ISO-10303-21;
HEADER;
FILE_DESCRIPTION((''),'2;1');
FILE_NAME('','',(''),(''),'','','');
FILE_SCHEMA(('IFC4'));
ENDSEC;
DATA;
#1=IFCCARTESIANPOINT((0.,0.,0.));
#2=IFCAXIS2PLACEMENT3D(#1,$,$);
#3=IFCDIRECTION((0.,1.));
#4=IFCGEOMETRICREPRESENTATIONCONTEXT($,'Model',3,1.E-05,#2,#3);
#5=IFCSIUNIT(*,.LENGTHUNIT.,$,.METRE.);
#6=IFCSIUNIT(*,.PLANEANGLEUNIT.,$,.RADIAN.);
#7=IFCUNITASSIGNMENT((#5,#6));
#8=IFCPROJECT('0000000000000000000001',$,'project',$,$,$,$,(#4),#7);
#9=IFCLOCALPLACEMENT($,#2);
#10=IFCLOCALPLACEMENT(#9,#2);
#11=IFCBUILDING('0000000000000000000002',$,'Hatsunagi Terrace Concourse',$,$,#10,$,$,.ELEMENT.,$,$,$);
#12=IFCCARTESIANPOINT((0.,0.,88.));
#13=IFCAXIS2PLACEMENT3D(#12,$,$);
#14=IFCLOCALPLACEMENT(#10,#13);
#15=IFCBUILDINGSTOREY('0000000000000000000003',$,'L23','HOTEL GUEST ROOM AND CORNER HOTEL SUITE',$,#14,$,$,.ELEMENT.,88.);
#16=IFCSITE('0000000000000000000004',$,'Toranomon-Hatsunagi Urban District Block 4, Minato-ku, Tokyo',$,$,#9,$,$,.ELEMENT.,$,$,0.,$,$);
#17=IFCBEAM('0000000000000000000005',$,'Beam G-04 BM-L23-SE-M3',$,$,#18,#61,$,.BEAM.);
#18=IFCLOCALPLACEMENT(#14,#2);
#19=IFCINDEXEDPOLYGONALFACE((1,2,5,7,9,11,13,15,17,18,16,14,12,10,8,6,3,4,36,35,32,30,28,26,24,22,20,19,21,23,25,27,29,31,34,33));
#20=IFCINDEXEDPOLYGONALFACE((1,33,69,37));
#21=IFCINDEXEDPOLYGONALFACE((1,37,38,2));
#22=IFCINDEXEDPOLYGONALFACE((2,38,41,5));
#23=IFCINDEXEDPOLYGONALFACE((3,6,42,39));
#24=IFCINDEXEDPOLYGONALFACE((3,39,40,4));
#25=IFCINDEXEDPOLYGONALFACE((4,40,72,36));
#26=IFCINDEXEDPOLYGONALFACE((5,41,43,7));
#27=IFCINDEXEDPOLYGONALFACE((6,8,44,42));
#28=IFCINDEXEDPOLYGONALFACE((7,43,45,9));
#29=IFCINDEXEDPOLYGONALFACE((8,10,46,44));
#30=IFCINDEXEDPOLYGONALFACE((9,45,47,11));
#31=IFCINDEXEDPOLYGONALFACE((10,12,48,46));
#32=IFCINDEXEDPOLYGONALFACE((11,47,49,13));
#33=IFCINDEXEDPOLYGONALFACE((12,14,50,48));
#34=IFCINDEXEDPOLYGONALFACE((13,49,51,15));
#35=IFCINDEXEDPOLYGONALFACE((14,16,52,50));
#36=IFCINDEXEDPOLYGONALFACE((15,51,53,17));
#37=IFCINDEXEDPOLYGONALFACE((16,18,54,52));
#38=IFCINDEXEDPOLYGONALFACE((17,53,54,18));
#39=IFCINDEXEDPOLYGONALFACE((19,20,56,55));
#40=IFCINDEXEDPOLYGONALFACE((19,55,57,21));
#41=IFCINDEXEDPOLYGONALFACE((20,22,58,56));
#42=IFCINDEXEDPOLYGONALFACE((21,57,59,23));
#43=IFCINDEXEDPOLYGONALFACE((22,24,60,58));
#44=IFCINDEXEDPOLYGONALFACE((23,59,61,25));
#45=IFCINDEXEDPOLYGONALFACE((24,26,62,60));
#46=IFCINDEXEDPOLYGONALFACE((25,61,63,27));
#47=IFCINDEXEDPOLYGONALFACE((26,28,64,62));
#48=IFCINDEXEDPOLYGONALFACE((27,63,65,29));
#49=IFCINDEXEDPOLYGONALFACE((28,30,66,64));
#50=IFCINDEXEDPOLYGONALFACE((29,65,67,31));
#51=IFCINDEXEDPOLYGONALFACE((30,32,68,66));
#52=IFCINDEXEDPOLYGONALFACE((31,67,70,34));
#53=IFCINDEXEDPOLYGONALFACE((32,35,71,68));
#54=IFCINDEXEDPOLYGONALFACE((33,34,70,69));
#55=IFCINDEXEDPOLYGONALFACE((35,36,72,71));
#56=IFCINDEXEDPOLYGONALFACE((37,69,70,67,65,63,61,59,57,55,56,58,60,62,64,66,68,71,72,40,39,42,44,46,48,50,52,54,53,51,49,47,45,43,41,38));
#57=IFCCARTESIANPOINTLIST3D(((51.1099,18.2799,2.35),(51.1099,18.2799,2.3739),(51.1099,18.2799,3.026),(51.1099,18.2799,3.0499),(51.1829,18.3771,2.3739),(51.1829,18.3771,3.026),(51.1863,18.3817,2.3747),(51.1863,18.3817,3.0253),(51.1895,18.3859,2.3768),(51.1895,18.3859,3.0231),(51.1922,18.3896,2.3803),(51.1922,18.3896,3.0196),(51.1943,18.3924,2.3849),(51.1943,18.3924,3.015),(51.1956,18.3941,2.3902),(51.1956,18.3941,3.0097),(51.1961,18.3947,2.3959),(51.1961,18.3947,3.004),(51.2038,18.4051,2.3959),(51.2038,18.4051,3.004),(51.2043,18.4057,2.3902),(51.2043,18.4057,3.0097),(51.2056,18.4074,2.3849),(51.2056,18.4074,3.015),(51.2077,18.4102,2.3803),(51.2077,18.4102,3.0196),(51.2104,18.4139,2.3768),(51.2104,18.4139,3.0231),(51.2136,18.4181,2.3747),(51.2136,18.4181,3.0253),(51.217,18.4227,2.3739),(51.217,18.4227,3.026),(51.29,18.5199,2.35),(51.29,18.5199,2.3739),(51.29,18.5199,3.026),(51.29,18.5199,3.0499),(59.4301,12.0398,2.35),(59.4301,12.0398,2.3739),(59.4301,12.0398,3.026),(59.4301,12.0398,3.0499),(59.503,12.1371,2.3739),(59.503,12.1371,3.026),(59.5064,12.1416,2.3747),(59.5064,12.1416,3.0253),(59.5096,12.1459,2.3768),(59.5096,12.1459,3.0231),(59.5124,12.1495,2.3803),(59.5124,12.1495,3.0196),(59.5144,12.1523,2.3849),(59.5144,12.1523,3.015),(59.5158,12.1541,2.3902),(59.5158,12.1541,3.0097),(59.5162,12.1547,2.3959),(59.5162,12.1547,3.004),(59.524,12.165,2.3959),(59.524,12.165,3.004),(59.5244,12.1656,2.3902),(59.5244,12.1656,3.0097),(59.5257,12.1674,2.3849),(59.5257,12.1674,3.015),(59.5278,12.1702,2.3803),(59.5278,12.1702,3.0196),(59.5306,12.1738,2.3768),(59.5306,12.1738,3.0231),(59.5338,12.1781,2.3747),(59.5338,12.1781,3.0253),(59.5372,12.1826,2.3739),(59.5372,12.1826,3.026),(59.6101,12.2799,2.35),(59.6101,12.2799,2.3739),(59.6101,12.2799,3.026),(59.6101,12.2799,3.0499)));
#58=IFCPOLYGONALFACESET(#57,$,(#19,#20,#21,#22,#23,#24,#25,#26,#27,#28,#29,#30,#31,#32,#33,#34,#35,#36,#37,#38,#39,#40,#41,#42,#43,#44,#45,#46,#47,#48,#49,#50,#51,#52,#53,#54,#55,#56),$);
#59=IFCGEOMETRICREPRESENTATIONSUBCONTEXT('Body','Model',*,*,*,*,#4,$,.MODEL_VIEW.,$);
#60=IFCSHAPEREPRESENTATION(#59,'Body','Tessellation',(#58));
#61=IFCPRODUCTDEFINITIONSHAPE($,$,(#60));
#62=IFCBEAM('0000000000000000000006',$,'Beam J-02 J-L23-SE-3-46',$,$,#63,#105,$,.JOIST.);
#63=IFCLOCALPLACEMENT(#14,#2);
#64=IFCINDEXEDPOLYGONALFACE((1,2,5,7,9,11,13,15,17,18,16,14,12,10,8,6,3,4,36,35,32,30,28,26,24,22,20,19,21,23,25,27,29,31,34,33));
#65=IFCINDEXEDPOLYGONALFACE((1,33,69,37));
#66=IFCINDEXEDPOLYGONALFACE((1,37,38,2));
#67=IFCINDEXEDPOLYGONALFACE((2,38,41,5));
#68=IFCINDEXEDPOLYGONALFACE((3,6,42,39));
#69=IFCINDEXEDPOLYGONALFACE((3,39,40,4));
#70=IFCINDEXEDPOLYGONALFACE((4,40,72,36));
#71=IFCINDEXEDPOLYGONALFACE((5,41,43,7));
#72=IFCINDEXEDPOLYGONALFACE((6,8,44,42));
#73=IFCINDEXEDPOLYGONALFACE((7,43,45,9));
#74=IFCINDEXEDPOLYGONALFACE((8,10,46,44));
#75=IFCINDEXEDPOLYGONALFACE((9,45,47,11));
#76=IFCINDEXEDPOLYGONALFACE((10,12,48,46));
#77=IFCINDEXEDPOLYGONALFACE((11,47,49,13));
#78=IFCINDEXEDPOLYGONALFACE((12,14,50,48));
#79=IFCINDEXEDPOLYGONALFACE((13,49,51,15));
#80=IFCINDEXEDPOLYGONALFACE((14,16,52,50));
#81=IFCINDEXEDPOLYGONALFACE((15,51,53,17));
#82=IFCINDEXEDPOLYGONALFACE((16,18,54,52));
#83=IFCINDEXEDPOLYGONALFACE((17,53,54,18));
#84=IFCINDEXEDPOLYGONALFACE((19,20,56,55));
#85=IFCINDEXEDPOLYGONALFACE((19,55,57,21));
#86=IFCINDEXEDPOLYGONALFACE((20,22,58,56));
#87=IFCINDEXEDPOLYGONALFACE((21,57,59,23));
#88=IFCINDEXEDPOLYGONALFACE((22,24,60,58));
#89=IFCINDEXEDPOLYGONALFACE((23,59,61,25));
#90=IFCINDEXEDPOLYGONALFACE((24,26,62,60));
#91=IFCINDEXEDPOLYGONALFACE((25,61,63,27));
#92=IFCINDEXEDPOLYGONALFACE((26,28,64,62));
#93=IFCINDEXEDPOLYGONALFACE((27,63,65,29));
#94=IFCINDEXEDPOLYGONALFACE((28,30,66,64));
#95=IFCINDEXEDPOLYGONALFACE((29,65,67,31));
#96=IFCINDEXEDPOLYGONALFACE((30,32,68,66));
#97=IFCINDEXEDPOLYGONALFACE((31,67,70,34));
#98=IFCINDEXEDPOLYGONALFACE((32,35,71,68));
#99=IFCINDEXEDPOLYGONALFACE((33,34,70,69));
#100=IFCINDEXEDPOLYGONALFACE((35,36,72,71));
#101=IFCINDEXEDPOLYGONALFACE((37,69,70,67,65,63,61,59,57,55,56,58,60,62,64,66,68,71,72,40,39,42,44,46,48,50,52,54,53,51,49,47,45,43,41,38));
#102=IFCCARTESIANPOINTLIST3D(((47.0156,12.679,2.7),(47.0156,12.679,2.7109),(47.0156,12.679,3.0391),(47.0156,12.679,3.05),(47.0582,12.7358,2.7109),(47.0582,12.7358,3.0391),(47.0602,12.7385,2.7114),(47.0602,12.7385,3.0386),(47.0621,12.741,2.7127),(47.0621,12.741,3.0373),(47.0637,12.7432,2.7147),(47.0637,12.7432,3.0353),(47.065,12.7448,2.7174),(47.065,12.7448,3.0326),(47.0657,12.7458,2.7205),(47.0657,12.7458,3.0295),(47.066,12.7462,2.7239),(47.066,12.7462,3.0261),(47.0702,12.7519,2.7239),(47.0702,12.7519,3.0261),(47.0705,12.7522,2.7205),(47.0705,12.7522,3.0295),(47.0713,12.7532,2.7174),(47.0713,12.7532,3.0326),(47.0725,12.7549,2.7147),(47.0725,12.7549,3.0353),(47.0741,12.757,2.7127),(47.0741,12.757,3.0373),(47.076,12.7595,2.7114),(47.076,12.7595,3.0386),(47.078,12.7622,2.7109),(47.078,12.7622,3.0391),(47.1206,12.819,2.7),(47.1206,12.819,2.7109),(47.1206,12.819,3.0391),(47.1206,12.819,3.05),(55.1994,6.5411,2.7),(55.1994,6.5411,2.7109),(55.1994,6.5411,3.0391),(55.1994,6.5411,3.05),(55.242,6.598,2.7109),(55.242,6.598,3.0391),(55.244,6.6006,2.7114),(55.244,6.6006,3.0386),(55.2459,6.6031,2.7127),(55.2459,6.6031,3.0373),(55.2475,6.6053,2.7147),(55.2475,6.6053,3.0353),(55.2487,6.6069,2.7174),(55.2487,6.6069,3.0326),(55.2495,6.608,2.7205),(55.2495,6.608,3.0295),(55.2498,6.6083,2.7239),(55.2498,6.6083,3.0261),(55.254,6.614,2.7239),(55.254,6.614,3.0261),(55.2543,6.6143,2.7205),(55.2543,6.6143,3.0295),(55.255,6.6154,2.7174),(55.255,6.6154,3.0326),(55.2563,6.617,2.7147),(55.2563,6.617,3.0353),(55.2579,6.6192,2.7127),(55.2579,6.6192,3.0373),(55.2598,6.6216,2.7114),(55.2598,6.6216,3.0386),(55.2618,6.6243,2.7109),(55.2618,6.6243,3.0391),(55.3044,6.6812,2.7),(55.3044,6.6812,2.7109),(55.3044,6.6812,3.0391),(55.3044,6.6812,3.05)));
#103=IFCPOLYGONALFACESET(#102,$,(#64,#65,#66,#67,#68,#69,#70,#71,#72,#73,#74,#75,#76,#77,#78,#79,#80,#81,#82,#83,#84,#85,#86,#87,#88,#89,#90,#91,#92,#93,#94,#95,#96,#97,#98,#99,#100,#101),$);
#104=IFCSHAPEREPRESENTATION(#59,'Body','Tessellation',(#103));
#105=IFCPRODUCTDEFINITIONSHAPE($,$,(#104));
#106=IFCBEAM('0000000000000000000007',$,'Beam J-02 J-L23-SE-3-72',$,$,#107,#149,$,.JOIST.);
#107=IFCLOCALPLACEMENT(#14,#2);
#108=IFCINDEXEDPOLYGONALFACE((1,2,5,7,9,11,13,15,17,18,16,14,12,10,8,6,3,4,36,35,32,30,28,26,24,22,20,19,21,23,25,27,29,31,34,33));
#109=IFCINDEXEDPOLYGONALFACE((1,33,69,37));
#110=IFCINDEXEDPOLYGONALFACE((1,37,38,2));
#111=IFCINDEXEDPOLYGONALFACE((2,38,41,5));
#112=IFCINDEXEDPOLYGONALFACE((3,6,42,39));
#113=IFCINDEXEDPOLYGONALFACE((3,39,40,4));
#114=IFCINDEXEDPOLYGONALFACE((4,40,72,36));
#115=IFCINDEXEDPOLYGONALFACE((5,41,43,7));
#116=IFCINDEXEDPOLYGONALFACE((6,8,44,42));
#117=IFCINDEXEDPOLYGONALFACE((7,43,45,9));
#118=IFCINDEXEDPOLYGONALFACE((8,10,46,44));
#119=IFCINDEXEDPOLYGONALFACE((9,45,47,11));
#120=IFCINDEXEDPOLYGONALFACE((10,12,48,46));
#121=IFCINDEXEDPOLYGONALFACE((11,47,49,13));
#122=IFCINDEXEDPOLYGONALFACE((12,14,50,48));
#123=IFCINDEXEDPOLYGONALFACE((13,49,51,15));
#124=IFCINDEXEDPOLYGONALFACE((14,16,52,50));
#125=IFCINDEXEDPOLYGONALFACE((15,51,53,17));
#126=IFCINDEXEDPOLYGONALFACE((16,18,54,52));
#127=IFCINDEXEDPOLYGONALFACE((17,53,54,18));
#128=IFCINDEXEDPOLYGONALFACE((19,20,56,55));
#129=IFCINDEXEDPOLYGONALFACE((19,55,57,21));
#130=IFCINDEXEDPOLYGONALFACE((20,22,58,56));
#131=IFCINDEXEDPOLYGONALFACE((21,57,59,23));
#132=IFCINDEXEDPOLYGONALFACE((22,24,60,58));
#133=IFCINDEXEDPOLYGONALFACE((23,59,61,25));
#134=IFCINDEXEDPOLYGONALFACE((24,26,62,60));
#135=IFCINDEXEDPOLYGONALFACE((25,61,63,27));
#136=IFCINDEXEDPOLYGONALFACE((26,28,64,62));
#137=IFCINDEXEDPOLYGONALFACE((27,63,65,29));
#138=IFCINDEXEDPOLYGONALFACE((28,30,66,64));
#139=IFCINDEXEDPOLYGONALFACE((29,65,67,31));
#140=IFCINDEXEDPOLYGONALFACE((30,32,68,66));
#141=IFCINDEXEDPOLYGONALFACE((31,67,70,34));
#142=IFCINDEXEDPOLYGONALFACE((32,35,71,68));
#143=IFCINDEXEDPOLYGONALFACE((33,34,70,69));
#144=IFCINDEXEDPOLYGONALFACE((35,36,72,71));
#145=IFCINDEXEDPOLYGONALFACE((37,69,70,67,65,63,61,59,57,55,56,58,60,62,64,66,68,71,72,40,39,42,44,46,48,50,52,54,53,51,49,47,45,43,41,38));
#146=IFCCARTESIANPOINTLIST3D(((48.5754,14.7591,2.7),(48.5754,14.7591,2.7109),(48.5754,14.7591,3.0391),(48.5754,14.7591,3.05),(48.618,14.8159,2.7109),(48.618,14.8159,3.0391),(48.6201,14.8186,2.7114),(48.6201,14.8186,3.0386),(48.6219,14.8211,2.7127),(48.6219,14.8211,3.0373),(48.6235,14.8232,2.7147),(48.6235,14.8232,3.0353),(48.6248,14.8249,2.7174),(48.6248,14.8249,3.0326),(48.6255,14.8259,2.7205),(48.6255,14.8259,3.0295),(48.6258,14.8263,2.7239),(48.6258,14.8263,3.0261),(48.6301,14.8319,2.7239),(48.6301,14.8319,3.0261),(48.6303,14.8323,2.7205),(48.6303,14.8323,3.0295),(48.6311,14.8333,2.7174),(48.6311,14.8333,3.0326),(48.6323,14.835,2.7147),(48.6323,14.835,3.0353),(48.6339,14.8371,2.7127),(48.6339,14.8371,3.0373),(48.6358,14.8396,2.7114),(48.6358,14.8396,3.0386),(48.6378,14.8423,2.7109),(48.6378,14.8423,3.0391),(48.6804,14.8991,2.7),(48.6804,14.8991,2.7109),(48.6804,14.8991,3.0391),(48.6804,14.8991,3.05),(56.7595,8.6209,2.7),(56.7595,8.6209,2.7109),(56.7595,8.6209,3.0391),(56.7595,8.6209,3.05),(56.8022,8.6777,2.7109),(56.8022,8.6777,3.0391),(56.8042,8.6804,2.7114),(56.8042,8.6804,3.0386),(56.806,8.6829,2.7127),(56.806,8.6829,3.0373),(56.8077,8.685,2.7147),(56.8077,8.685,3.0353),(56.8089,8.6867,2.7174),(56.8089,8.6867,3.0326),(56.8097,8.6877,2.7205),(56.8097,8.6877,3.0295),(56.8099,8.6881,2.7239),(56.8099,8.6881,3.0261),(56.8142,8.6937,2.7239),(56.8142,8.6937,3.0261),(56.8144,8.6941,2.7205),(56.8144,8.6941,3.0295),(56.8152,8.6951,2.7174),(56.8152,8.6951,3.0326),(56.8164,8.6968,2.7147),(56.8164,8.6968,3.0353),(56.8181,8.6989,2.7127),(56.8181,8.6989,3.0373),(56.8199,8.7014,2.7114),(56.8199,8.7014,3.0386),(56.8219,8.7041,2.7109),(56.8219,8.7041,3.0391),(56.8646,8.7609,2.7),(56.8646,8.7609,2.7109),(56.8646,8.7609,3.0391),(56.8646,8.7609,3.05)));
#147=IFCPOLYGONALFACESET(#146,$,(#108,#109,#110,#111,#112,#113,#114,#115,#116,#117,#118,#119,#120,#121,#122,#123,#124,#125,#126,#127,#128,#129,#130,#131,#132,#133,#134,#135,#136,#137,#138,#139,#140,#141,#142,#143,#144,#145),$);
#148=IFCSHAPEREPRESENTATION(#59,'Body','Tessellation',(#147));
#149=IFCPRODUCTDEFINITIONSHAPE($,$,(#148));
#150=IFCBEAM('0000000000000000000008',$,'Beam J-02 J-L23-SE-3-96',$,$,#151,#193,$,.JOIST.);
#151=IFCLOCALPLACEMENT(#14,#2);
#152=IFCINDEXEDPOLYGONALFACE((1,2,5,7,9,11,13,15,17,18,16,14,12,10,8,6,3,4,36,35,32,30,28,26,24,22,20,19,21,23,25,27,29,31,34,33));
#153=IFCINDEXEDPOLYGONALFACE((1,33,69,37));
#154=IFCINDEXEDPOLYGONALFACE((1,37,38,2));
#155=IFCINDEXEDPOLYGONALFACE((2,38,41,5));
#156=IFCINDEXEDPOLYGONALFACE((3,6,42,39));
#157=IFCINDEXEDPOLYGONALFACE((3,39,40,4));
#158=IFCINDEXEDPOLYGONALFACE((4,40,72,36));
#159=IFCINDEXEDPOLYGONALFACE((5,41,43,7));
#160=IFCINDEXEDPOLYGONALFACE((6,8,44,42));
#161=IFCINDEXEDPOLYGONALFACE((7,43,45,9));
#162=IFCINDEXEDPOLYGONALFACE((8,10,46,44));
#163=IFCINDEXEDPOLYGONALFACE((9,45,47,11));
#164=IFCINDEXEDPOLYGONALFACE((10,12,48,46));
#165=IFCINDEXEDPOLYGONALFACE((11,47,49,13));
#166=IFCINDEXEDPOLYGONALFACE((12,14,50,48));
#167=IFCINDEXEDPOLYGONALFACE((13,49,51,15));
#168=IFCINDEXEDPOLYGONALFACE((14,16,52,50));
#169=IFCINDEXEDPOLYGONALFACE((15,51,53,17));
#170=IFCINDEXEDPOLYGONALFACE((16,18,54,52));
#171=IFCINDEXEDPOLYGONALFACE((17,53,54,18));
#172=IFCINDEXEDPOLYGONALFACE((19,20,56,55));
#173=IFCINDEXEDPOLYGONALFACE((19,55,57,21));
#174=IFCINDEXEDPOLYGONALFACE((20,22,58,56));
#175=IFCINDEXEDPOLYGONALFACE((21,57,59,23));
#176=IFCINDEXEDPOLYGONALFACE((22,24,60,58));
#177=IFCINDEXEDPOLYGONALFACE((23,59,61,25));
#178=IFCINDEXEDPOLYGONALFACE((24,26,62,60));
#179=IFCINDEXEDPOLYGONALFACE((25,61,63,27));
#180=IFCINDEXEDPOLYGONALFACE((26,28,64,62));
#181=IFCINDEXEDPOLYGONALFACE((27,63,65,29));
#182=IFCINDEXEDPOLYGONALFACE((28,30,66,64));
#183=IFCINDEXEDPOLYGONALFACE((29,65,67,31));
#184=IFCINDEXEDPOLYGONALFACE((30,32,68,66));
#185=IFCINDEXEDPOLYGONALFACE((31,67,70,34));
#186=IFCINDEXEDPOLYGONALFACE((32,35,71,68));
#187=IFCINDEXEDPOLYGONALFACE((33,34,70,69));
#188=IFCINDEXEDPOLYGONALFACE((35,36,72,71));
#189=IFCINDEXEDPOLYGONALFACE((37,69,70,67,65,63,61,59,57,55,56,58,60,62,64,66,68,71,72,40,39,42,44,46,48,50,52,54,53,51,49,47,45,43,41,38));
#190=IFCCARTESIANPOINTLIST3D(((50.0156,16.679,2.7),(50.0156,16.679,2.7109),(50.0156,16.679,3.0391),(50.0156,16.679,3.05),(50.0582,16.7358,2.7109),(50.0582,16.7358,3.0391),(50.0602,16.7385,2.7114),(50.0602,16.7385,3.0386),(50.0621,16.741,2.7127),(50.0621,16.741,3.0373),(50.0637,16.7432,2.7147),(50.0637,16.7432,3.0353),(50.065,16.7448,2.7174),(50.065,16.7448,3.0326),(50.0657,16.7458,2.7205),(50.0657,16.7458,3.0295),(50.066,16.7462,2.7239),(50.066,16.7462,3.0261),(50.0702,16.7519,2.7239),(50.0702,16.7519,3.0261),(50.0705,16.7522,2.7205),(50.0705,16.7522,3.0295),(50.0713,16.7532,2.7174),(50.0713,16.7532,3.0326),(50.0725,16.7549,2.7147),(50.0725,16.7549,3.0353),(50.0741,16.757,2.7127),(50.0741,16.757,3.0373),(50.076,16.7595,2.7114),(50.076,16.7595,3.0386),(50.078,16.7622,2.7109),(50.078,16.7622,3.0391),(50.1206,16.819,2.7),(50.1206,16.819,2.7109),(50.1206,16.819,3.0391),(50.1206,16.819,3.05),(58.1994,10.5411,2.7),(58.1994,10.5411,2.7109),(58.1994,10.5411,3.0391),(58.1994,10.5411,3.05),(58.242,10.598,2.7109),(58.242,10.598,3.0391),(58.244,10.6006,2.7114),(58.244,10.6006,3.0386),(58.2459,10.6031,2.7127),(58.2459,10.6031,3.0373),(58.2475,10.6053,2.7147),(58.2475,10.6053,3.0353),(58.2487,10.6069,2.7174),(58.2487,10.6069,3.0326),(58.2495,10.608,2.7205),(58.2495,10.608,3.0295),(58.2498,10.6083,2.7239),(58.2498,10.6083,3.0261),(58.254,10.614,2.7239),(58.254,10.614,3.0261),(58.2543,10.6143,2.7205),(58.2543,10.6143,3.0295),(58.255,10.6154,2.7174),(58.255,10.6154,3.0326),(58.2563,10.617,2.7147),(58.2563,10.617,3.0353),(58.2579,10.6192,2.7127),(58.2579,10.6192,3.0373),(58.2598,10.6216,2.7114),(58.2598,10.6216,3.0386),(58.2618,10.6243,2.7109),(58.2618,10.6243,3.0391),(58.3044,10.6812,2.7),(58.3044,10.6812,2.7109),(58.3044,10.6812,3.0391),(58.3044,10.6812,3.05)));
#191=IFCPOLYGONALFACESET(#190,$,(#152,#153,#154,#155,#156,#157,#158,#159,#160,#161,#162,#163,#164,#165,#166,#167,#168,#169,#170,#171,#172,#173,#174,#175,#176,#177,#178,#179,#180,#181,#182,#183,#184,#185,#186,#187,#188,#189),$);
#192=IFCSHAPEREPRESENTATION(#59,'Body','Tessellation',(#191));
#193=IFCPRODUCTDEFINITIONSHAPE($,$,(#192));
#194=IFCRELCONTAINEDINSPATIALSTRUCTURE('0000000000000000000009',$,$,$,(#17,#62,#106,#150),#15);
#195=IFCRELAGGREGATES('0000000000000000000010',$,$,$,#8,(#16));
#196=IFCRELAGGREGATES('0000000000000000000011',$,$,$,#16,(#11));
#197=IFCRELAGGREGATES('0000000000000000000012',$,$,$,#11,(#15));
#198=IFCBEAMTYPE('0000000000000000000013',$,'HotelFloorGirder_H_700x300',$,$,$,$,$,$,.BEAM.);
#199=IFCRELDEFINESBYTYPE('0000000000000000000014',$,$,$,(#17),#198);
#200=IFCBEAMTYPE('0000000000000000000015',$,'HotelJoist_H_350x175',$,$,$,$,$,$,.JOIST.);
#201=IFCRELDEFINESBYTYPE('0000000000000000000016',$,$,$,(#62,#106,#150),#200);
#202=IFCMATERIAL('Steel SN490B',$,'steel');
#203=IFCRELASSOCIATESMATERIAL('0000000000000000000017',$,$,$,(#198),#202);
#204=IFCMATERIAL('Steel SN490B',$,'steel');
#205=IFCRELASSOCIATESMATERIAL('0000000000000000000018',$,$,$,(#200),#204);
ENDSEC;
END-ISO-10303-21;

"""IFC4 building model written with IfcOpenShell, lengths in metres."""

from ifc_helpers import new_model, si_unit, direction, frame, origin, origin_2d, place, context, subcontext, project, spatial, i_section, extrude, material, material_profile, profile_set, type_object, element, save


model = new_model("IFC4")

# Units and contexts
model_context = context("Model", 3, precision=1e-05, world=origin(), true_north=direction((0.0, 1.0)))
body_context = subcontext(model_context, "Body", "Model", "MODEL_VIEW")
ifc_project = project(units=[si_unit("LENGTHUNIT", "METRE"), si_unit("PLANEANGLEUNIT", "RADIAN")], contexts=[model_context])

# Site, building, storey
site_placement = place(None, origin())
site = spatial("IfcSite", under=ifc_project, at=site_placement, Name="Toranomon-Hatsunagi Urban District Block 4, Minato-ku, Tokyo", CompositionType="ELEMENT", RefElevation=0.0)
building_placement = place(site_placement, origin())
building = spatial("IfcBuilding", under=site, at=building_placement, Name="Hatsunagi Terrace Concourse", CompositionType="ELEMENT")
storey_placement = place(building_placement, frame((0.0, 0.0, 88.0)))
storey = spatial("IfcBuildingStorey", under=building, at=storey_placement, Name="L23", Description="HOTEL GUEST ROOM AND CORNER HOTEL SUITE", CompositionType="ELEMENT", Elevation=88.0)

# Beams
ifc_material_1 = material(Name="Steel SN490B", Category="steel")
ifc_material_profile_1 = material_profile(ifc_material_1, i_section(OverallWidth=0.3, OverallDepth=0.7, WebThickness=0.0129, FlangeThickness=0.0239, FilletRadius=0.022, at=origin_2d()), Name="H-700x300x13x24")
ifc_profile_set_1 = profile_set([ifc_material_profile_1], Name="Steel SN490B")
beam_type_1 = type_object("IfcBeamType", Name="HotelFloorGirder_H_700x300", PredefinedType="BEAM", material=ifc_profile_set_1)
beam_1_placement = place(storey_placement, frame((51.2, 18.3999, 2.7), z_axis=(0.800003, -0.599996, 0.0), x_axis=(0.599996, 0.800003, 0.0)))
element("IfcBeam", 1, at=beam_1_placement, inside=storey, type_object=beam_type_1, Name="Beam G-04 BM-L23-SE-M3", PredefinedType="BEAM", context=body_context, shape_type="SweptSolid", body=[
    extrude(i_section(OverallWidth=0.3, OverallDepth=0.7, WebThickness=0.0129, FlangeThickness=0.0239, FilletRadius=0.022, at=origin_2d()), origin(), (0.0, 0.0, 1.0), 10.4001),
])
ifc_material_2 = material(Name="Steel SN490B", Category="steel")
ifc_material_profile_2 = material_profile(ifc_material_2, i_section(OverallWidth=0.175, OverallDepth=0.3501, WebThickness=0.0071, FlangeThickness=0.011, FilletRadius=0.0129, at=origin_2d()), Name="H-350x175x7x11")
ifc_profile_set_2 = profile_set([ifc_material_profile_2], Name="Steel SN490B")
beam_type_2 = type_object("IfcBeamType", Name="HotelJoist_H_350x175", PredefinedType="JOIST", material=ifc_profile_set_2)
beam_2_placement = place(storey_placement, frame((47.0681, 12.749, 2.875), z_axis=(0.799997, -0.600004, 0.0), x_axis=(0.600004, 0.799997, 0.0)))
element("IfcBeam", 2, at=beam_2_placement, inside=storey, type_object=beam_type_2, Name="Beam J-02 J-L23-SE-3-46", PredefinedType="JOIST", context=body_context, shape_type="SweptSolid", body=[
    extrude(i_section(OverallWidth=0.175, OverallDepth=0.3501, WebThickness=0.0071, FlangeThickness=0.011, FilletRadius=0.0129, at=origin_2d()), origin(), (0.0, 0.0, 1.0), 10.2297),
])
beam_3_placement = place(storey_placement, frame((48.6279, 14.8291, 2.875), z_axis=(0.799994, -0.600008, 0.0), x_axis=(0.600008, 0.799994, 0.0)))
element("IfcBeam", 3, at=beam_3_placement, inside=storey, type_object=beam_type_2, Name="Beam J-02 J-L23-SE-3-72", PredefinedType="JOIST", context=body_context, shape_type="SweptSolid", body=[
    extrude(i_section(OverallWidth=0.175, OverallDepth=0.3501, WebThickness=0.0071, FlangeThickness=0.011, FilletRadius=0.0129, at=origin_2d()), origin(), (0.0, 0.0, 1.0), 10.2302),
])
beam_4_placement = place(storey_placement, frame((50.0681, 16.749, 2.875), z_axis=(0.799997, -0.600004, 0.0), x_axis=(0.600004, 0.799997, 0.0)))
element("IfcBeam", 4, at=beam_4_placement, inside=storey, type_object=beam_type_2, Name="Beam J-02 J-L23-SE-3-96", PredefinedType="JOIST", context=body_context, shape_type="SweptSolid", body=[
    extrude(i_section(OverallWidth=0.175, OverallDepth=0.3501, WebThickness=0.0071, FlangeThickness=0.011, FilletRadius=0.0129, at=origin_2d()), origin(), (0.0, 0.0, 1.0), 10.2297),
])

save(model, "model.ifc")
